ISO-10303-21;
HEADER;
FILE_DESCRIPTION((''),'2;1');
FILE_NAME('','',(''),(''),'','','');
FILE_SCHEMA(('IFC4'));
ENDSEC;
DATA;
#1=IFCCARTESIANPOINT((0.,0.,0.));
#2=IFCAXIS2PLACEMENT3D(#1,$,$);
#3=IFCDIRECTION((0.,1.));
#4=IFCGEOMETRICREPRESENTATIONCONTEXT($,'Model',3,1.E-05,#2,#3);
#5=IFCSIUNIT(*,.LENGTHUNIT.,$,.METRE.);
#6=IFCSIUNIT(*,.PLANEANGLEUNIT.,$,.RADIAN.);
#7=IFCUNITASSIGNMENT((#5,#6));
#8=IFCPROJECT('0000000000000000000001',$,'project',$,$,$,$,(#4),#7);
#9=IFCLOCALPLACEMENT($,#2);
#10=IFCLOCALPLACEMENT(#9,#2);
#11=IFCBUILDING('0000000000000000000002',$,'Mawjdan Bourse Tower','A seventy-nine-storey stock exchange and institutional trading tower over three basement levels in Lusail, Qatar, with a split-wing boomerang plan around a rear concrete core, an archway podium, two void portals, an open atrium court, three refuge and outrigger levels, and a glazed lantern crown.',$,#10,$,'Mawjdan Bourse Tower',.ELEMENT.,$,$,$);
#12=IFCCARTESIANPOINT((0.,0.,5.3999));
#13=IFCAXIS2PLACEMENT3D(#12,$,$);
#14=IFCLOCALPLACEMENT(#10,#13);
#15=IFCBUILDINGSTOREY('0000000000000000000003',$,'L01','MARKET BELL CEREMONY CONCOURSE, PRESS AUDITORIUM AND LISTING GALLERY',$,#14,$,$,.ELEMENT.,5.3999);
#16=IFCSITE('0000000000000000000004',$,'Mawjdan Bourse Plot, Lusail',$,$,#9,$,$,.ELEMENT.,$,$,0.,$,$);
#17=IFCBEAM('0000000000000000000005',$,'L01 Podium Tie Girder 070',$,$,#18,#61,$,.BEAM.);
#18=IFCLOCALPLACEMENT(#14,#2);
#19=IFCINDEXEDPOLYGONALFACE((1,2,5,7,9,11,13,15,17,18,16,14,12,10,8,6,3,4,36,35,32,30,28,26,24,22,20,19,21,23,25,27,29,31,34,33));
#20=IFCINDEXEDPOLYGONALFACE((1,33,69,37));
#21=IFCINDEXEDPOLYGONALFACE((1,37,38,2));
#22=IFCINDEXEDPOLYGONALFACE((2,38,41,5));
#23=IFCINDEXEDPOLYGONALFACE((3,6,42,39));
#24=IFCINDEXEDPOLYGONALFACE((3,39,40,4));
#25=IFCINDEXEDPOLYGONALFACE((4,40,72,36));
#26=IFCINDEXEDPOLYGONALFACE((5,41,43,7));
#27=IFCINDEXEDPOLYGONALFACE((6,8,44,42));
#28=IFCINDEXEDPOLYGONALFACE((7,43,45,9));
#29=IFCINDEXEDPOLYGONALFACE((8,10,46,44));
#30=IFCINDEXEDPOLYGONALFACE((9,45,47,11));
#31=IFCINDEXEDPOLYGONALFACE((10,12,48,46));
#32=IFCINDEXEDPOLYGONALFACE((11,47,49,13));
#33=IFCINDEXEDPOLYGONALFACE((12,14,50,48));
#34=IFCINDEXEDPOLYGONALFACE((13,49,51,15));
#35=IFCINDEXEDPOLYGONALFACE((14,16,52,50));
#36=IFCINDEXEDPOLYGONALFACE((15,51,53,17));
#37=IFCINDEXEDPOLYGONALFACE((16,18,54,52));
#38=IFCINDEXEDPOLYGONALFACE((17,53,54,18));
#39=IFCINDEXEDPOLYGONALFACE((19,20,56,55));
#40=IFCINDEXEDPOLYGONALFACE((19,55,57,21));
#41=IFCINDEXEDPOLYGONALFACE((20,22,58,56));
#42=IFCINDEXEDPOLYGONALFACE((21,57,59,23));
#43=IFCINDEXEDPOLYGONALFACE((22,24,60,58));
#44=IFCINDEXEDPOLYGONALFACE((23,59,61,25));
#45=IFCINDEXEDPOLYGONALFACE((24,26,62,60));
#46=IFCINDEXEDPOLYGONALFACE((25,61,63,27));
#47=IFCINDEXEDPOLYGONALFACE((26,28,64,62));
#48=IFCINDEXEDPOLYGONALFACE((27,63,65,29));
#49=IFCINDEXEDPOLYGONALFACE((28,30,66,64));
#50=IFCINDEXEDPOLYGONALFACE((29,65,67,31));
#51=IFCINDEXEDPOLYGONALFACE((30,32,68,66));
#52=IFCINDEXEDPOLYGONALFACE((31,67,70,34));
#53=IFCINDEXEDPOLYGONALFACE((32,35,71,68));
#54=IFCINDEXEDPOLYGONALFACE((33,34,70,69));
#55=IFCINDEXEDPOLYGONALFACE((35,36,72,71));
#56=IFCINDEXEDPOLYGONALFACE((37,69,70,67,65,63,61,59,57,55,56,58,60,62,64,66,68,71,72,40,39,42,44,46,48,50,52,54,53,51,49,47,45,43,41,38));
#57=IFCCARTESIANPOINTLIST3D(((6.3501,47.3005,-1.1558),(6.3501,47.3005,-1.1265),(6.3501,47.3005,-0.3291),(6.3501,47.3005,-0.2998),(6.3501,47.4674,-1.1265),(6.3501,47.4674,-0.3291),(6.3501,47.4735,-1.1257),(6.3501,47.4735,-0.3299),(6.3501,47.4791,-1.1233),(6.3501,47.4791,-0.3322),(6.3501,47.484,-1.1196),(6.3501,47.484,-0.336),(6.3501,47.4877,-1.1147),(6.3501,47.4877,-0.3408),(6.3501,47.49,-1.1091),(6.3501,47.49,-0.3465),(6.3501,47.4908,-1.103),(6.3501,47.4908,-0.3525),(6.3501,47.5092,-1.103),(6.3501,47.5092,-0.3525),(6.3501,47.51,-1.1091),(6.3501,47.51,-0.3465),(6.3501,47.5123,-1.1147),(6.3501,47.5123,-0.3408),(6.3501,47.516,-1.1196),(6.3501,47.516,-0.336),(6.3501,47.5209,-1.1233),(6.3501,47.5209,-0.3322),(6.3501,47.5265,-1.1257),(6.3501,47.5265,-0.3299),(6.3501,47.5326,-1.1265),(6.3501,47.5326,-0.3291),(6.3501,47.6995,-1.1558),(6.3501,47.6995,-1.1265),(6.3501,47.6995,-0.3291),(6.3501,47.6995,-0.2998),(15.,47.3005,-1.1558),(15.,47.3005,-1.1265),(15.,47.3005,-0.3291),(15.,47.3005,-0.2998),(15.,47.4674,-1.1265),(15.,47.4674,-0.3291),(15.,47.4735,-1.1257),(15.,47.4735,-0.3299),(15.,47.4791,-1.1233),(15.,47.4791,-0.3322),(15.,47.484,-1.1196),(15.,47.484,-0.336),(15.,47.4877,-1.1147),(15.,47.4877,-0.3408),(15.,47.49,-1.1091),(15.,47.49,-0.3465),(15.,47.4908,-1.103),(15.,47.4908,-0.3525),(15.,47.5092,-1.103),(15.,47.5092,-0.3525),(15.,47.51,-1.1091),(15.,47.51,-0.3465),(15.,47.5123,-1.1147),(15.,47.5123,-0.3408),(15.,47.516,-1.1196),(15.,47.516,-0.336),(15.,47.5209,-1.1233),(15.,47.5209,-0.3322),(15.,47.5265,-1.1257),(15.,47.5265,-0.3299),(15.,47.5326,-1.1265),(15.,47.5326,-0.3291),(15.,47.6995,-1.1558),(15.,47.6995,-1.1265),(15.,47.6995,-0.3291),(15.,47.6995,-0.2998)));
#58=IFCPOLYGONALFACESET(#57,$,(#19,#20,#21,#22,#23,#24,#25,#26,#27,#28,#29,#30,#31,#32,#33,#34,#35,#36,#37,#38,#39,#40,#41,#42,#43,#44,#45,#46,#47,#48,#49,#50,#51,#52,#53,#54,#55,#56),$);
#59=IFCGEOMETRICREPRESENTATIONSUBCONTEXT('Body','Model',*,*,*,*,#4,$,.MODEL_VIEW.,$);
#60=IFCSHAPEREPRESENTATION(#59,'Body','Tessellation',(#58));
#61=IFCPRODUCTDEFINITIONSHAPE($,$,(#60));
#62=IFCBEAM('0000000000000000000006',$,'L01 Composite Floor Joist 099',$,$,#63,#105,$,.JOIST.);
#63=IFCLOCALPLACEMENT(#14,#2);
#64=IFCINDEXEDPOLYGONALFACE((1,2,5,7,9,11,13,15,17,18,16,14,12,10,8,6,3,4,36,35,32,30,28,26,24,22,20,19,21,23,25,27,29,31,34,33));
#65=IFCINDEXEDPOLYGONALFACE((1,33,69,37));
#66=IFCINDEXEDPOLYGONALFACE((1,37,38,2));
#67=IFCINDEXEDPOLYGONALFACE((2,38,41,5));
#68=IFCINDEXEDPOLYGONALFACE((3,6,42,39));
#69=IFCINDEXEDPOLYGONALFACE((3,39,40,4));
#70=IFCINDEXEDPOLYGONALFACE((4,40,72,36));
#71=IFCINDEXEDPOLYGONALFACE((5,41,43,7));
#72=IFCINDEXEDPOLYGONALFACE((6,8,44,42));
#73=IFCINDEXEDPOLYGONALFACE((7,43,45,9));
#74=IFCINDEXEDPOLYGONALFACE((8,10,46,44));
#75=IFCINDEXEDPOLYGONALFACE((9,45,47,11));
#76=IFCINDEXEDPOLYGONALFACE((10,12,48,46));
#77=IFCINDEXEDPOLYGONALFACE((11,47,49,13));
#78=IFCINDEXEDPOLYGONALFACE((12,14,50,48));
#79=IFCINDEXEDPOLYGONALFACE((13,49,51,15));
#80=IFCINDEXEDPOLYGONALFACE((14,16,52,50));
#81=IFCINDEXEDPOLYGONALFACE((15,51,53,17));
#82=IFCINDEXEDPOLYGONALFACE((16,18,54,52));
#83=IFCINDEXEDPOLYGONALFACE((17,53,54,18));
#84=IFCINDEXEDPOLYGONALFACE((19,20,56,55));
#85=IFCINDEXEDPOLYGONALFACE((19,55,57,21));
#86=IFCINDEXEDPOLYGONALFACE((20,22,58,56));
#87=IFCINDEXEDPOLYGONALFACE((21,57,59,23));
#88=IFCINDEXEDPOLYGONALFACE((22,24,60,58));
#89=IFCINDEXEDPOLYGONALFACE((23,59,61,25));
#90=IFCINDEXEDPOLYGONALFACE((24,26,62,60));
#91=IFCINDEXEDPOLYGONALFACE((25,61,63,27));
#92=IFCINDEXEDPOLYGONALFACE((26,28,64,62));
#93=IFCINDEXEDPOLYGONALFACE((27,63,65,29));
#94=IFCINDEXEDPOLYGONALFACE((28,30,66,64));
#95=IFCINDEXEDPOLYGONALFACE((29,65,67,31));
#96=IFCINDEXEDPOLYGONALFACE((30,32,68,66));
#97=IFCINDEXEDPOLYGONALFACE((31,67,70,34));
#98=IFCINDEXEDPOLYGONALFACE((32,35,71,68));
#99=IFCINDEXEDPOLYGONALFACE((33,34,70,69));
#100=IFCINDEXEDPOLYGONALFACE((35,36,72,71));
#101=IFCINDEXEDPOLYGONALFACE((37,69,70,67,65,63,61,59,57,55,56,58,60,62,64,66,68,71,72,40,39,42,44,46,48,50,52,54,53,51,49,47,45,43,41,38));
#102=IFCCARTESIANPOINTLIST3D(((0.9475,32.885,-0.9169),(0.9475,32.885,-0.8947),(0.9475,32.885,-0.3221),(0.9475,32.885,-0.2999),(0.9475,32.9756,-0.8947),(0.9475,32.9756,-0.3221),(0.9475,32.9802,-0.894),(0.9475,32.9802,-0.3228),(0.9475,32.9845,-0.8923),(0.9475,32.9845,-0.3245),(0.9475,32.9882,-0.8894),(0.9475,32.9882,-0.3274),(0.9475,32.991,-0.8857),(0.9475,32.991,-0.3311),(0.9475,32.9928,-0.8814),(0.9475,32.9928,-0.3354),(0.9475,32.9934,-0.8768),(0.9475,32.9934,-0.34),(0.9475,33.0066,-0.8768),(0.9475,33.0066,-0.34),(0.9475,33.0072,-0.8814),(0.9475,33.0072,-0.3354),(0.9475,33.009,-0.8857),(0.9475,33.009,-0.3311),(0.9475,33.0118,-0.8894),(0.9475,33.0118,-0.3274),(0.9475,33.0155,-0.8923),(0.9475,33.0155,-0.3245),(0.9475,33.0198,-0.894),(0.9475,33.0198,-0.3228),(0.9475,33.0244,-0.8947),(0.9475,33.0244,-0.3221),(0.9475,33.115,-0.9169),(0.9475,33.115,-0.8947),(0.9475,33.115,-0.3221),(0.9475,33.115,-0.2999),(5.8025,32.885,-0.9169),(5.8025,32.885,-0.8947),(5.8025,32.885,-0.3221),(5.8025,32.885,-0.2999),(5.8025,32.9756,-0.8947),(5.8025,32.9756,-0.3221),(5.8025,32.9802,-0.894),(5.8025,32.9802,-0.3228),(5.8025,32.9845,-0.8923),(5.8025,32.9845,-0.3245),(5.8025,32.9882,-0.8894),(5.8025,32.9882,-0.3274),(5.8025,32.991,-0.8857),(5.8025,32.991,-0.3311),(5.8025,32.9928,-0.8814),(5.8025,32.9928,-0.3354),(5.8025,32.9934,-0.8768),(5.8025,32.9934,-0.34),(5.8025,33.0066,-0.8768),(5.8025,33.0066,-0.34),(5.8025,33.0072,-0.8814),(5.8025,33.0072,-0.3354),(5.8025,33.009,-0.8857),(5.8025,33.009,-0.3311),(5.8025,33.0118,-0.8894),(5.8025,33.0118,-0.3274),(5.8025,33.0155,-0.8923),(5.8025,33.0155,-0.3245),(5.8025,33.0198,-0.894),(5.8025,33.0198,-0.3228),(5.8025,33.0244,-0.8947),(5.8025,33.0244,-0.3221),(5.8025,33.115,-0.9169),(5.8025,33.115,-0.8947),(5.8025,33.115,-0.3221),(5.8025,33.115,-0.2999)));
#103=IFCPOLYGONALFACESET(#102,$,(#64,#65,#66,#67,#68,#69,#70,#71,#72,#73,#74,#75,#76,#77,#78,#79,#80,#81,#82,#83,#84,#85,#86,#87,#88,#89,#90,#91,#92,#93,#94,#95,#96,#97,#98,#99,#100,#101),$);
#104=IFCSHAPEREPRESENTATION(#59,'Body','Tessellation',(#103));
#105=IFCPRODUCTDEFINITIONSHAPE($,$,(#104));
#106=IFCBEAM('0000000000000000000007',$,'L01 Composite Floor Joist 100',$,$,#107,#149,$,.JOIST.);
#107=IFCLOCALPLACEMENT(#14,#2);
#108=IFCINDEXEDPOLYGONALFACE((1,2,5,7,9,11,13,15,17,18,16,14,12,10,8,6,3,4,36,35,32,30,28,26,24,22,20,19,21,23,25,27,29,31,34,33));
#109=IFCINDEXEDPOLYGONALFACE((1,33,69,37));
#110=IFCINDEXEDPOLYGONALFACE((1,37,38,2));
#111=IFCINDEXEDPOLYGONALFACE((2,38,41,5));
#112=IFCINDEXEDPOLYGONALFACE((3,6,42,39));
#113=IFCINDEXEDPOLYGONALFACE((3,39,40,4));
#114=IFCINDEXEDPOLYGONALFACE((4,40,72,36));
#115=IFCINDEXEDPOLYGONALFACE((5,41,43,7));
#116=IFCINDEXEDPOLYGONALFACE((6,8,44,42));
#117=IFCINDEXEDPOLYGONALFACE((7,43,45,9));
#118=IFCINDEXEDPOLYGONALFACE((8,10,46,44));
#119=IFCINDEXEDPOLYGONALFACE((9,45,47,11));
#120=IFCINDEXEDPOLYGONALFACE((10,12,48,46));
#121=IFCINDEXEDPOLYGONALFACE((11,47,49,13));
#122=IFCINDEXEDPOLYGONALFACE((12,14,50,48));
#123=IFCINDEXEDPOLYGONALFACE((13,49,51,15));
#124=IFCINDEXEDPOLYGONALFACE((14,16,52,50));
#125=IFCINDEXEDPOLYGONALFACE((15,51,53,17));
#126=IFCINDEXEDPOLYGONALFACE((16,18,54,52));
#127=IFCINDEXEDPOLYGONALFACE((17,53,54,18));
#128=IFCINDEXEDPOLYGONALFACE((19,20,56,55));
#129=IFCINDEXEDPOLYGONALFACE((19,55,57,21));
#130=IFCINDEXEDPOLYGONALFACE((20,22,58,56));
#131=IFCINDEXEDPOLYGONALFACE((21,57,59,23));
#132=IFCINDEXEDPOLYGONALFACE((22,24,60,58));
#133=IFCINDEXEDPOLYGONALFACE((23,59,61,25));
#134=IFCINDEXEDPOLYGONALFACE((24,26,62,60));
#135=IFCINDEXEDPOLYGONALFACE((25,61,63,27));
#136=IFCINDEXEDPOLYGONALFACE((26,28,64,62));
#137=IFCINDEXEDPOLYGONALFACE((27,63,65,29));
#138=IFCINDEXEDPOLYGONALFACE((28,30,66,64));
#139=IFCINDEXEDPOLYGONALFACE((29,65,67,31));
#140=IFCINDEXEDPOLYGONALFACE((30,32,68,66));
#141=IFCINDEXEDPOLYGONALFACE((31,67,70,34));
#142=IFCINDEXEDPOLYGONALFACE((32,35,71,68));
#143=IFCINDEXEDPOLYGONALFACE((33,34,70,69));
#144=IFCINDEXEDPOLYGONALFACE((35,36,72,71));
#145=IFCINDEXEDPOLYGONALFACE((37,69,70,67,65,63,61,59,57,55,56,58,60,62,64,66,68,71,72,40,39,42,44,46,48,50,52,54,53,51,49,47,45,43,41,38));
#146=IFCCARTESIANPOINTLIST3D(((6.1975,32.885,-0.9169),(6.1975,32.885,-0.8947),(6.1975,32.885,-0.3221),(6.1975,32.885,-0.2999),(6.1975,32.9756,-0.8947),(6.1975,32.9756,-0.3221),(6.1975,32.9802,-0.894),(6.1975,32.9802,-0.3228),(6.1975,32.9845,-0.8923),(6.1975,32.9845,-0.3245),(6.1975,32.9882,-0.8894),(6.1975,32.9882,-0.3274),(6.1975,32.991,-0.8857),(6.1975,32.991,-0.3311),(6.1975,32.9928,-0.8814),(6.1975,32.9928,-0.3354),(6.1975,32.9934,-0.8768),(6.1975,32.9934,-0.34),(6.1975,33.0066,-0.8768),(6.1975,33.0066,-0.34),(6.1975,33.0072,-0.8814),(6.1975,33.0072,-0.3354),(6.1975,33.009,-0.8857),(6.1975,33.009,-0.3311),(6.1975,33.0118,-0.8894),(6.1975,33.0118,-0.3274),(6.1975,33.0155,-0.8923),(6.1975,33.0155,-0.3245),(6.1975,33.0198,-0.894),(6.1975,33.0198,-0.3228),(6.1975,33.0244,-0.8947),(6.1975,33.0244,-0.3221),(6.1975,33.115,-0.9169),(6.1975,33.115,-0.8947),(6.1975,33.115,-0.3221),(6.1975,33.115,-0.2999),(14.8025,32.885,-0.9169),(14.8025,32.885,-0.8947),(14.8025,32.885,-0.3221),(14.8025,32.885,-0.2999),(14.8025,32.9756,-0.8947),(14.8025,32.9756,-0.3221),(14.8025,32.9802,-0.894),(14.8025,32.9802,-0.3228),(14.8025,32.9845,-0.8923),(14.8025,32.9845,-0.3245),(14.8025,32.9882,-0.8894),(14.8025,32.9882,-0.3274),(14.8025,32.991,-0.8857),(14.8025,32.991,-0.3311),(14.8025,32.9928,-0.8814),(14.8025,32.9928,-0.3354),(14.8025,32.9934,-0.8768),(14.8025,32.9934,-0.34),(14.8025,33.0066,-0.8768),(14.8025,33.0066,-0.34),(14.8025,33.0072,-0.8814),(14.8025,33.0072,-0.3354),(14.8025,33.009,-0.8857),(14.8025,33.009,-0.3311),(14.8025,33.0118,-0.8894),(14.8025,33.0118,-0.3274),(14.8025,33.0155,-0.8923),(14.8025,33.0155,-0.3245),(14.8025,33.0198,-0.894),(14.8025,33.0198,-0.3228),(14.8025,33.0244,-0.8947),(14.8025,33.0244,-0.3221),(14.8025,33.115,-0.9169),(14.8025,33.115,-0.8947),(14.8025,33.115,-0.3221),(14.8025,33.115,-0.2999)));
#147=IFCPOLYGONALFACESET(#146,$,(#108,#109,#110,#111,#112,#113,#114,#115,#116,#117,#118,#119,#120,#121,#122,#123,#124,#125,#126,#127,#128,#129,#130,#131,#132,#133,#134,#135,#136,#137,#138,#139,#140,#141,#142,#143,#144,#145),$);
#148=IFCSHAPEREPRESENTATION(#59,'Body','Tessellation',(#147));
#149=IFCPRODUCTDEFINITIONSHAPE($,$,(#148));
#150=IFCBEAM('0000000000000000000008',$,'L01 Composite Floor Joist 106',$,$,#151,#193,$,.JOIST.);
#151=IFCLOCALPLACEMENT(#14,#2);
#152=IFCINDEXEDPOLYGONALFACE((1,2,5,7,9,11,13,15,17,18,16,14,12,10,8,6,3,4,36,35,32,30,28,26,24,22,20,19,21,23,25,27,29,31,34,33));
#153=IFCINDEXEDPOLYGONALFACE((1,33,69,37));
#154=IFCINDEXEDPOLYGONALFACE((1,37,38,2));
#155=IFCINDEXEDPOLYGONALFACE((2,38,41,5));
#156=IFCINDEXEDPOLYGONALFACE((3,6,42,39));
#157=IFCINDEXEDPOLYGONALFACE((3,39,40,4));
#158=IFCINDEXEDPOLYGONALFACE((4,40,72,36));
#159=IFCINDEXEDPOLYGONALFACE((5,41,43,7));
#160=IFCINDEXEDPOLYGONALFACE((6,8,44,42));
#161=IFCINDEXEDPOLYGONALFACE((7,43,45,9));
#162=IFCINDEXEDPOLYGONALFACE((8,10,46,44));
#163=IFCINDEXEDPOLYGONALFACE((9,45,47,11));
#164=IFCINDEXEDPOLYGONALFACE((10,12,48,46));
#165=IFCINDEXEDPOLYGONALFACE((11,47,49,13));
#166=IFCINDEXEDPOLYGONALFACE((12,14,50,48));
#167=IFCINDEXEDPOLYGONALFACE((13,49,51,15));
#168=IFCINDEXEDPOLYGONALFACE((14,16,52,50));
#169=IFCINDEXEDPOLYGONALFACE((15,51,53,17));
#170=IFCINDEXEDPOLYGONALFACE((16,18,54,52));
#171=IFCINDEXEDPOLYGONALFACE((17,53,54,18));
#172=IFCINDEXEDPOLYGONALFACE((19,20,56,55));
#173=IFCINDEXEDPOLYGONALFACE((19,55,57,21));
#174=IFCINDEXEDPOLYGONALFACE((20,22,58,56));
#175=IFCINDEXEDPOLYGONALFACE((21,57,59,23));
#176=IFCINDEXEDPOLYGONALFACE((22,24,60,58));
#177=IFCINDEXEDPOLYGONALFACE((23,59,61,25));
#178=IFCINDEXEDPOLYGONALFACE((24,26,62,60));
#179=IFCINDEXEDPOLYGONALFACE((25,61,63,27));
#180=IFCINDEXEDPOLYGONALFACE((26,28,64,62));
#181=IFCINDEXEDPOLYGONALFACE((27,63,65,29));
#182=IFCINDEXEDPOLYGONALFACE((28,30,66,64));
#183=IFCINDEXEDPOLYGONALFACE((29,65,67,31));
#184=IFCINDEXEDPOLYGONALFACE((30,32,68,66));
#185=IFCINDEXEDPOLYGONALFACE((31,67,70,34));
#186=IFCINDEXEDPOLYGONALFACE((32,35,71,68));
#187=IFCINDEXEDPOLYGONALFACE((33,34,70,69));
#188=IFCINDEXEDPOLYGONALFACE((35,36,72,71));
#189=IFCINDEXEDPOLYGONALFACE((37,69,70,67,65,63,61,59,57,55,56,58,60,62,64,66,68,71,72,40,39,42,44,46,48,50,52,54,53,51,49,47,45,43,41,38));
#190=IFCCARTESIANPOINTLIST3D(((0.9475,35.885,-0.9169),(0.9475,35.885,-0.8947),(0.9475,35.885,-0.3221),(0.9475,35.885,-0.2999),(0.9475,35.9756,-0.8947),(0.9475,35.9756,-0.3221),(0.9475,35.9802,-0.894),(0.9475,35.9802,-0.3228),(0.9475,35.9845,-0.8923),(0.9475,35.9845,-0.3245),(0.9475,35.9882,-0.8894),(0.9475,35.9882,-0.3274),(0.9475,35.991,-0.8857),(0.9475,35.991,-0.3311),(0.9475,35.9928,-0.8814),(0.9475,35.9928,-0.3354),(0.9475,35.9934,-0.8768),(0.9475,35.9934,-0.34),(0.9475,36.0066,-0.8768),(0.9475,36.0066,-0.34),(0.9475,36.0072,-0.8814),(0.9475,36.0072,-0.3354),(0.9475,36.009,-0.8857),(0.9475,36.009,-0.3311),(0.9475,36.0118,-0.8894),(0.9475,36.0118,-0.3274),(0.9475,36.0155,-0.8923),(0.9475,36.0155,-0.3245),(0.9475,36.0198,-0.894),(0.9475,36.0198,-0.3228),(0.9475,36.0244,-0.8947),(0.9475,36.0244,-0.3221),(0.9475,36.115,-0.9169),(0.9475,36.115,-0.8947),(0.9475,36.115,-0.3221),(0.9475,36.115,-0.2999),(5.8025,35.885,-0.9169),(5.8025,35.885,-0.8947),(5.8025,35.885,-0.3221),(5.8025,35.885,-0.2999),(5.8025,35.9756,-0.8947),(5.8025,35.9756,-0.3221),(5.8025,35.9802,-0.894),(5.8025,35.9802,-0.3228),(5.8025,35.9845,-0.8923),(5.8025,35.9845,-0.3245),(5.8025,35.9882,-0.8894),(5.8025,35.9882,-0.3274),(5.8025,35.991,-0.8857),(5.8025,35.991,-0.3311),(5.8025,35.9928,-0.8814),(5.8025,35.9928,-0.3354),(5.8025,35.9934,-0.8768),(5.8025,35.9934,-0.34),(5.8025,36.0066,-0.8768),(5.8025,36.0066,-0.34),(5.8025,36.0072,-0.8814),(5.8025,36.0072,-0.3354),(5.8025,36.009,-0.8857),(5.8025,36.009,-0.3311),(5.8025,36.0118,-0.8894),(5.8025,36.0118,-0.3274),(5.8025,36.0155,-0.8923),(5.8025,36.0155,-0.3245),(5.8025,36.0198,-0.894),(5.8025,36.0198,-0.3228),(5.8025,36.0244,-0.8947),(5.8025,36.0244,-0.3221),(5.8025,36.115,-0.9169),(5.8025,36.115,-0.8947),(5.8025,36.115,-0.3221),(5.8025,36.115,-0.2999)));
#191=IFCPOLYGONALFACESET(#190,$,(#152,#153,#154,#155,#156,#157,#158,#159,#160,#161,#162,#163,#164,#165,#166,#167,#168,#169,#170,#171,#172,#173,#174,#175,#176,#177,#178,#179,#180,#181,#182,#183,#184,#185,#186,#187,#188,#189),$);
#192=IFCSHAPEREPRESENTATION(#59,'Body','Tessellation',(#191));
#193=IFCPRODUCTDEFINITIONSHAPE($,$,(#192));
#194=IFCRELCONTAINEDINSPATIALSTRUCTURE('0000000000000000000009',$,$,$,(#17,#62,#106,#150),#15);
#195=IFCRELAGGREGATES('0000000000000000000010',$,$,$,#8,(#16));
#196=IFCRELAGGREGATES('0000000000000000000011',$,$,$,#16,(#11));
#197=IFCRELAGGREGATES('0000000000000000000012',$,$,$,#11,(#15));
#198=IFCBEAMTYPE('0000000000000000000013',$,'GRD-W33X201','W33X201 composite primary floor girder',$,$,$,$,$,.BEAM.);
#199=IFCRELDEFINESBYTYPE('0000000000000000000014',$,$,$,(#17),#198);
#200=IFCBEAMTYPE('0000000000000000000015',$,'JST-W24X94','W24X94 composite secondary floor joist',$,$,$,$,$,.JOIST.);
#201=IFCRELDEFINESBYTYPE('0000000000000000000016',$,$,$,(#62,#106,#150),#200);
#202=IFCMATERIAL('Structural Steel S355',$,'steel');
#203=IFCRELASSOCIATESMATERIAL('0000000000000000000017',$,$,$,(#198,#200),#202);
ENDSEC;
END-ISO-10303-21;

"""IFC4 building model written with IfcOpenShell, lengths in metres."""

from ifc_helpers import new_model, si_unit, direction, frame, origin, origin_2d, place, context, subcontext, project, spatial, i_section, extrude, material, material_profile, profile_set, type_object, element, save


model = new_model("IFC4")

# Units and contexts
model_context = context("Model", 3, precision=1e-05, world=origin(), true_north=direction((0.0, 1.0)))
body_context = subcontext(model_context, "Body", "Model", "MODEL_VIEW")
ifc_project = project(units=[si_unit("LENGTHUNIT", "METRE"), si_unit("PLANEANGLEUNIT", "RADIAN")], contexts=[model_context])

# Site, building, storey
site_placement = place(None, origin())
site = spatial("IfcSite", under=ifc_project, at=site_placement, Name="Mawjdan Bourse Plot, Lusail", CompositionType="ELEMENT", RefElevation=0.0)
building_placement = place(site_placement, origin())
building = spatial("IfcBuilding", under=site, at=building_placement, Name="Mawjdan Bourse Tower", Description="A seventy-nine-storey stock exchange and institutional trading tower over three basement levels in Lusail, Qatar, with a split-wing boomerang plan around a rear concrete core, an archway podium, two void portals, an open atrium court, three refuge and outrigger levels, and a glazed lantern crown.", LongName="Mawjdan Bourse Tower", CompositionType="ELEMENT")
storey_placement = place(building_placement, frame((0.0, 0.0, 5.3999)))
storey = spatial("IfcBuildingStorey", under=building, at=storey_placement, Name="L01", Description="MARKET BELL CEREMONY CONCOURSE, PRESS AUDITORIUM AND LISTING GALLERY", CompositionType="ELEMENT", Elevation=5.3999)

# Beams
ifc_material_1 = material(Name="Structural Steel S355", Category="steel")
ifc_material_profile_1 = material_profile(ifc_material_1, i_section(OverallWidth=0.3989, OverallDepth=0.856, WebThickness=0.0183, FlangeThickness=0.0293, FilletRadius=0.0234, at=origin_2d()), Name="W33X201")
ifc_profile_set_1 = profile_set([ifc_material_profile_1], Name="Structural Steel S355")
beam_type_1 = type_object("IfcBeamType", Name="GRD-W33X201", Description="W33X201 composite primary floor girder", PredefinedType="BEAM", material=ifc_profile_set_1)
beam_1_placement = place(storey_placement, frame((6.3501, 47.5, -0.7278), z_axis=(1.0, 0.0, 0.0), x_axis=(0.0, 1.0, 0.0)))
element("IfcBeam", 1, at=beam_1_placement, inside=storey, type_object=beam_type_1, Name="L01 Podium Tie Girder 070", PredefinedType="BEAM", context=body_context, shape_type="SweptSolid", body=[
    extrude(i_section(OverallWidth=0.3989, OverallDepth=0.856, WebThickness=0.0183, FlangeThickness=0.0293, FilletRadius=0.0234, at=origin_2d()), origin(), (0.0, 0.0, 1.0), 8.6499),
])
ifc_material_profile_2 = material_profile(ifc_material_1, i_section(OverallWidth=0.23, OverallDepth=0.6169, WebThickness=0.0132, FlangeThickness=0.0222, FilletRadius=0.0178, at=origin_2d()), Name="W24X94")
ifc_profile_set_2 = profile_set([ifc_material_profile_2], Name="Structural Steel S355")
beam_type_2 = type_object("IfcBeamType", Name="JST-W24X94", Description="W24X94 composite secondary floor joist", PredefinedType="JOIST", material=ifc_profile_set_2)
beam_2_placement = place(storey_placement, frame((0.9475, 33.0, -0.6084), z_axis=(1.0, 0.0, 0.0), x_axis=(0.0, 1.0, 0.0)))
element("IfcBeam", 2, at=beam_2_placement, inside=storey, type_object=beam_type_2, Name="L01 Composite Floor Joist 099", PredefinedType="JOIST", context=body_context, shape_type="SweptSolid", body=[
    extrude(i_section(OverallWidth=0.23, OverallDepth=0.6169, WebThickness=0.0132, FlangeThickness=0.0222, FilletRadius=0.0178, at=origin_2d()), origin(), (0.0, 0.0, 1.0), 4.855),
])
beam_3_placement = place(storey_placement, frame((6.1975, 33.0, -0.6084), z_axis=(1.0, 0.0, 0.0), x_axis=(0.0, 1.0, 0.0)))
element("IfcBeam", 3, at=beam_3_placement, inside=storey, type_object=beam_type_2, Name="L01 Composite Floor Joist 100", PredefinedType="JOIST", context=body_context, shape_type="SweptSolid", body=[
    extrude(i_section(OverallWidth=0.23, OverallDepth=0.6169, WebThickness=0.0132, FlangeThickness=0.0222, FilletRadius=0.0178, at=origin_2d()), origin(), (0.0, 0.0, 1.0), 8.605),
])
beam_4_placement = place(storey_placement, frame((0.9475, 36.0, -0.6084), z_axis=(1.0, 0.0, 0.0), x_axis=(0.0, 1.0, 0.0)))
element("IfcBeam", 4, at=beam_4_placement, inside=storey, type_object=beam_type_2, Name="L01 Composite Floor Joist 106", PredefinedType="JOIST", context=body_context, shape_type="SweptSolid", body=[
    extrude(i_section(OverallWidth=0.23, OverallDepth=0.6169, WebThickness=0.0132, FlangeThickness=0.0222, FilletRadius=0.0178, at=origin_2d()), origin(), (0.0, 0.0, 1.0), 4.855),
])

save(model, "model.ifc")
